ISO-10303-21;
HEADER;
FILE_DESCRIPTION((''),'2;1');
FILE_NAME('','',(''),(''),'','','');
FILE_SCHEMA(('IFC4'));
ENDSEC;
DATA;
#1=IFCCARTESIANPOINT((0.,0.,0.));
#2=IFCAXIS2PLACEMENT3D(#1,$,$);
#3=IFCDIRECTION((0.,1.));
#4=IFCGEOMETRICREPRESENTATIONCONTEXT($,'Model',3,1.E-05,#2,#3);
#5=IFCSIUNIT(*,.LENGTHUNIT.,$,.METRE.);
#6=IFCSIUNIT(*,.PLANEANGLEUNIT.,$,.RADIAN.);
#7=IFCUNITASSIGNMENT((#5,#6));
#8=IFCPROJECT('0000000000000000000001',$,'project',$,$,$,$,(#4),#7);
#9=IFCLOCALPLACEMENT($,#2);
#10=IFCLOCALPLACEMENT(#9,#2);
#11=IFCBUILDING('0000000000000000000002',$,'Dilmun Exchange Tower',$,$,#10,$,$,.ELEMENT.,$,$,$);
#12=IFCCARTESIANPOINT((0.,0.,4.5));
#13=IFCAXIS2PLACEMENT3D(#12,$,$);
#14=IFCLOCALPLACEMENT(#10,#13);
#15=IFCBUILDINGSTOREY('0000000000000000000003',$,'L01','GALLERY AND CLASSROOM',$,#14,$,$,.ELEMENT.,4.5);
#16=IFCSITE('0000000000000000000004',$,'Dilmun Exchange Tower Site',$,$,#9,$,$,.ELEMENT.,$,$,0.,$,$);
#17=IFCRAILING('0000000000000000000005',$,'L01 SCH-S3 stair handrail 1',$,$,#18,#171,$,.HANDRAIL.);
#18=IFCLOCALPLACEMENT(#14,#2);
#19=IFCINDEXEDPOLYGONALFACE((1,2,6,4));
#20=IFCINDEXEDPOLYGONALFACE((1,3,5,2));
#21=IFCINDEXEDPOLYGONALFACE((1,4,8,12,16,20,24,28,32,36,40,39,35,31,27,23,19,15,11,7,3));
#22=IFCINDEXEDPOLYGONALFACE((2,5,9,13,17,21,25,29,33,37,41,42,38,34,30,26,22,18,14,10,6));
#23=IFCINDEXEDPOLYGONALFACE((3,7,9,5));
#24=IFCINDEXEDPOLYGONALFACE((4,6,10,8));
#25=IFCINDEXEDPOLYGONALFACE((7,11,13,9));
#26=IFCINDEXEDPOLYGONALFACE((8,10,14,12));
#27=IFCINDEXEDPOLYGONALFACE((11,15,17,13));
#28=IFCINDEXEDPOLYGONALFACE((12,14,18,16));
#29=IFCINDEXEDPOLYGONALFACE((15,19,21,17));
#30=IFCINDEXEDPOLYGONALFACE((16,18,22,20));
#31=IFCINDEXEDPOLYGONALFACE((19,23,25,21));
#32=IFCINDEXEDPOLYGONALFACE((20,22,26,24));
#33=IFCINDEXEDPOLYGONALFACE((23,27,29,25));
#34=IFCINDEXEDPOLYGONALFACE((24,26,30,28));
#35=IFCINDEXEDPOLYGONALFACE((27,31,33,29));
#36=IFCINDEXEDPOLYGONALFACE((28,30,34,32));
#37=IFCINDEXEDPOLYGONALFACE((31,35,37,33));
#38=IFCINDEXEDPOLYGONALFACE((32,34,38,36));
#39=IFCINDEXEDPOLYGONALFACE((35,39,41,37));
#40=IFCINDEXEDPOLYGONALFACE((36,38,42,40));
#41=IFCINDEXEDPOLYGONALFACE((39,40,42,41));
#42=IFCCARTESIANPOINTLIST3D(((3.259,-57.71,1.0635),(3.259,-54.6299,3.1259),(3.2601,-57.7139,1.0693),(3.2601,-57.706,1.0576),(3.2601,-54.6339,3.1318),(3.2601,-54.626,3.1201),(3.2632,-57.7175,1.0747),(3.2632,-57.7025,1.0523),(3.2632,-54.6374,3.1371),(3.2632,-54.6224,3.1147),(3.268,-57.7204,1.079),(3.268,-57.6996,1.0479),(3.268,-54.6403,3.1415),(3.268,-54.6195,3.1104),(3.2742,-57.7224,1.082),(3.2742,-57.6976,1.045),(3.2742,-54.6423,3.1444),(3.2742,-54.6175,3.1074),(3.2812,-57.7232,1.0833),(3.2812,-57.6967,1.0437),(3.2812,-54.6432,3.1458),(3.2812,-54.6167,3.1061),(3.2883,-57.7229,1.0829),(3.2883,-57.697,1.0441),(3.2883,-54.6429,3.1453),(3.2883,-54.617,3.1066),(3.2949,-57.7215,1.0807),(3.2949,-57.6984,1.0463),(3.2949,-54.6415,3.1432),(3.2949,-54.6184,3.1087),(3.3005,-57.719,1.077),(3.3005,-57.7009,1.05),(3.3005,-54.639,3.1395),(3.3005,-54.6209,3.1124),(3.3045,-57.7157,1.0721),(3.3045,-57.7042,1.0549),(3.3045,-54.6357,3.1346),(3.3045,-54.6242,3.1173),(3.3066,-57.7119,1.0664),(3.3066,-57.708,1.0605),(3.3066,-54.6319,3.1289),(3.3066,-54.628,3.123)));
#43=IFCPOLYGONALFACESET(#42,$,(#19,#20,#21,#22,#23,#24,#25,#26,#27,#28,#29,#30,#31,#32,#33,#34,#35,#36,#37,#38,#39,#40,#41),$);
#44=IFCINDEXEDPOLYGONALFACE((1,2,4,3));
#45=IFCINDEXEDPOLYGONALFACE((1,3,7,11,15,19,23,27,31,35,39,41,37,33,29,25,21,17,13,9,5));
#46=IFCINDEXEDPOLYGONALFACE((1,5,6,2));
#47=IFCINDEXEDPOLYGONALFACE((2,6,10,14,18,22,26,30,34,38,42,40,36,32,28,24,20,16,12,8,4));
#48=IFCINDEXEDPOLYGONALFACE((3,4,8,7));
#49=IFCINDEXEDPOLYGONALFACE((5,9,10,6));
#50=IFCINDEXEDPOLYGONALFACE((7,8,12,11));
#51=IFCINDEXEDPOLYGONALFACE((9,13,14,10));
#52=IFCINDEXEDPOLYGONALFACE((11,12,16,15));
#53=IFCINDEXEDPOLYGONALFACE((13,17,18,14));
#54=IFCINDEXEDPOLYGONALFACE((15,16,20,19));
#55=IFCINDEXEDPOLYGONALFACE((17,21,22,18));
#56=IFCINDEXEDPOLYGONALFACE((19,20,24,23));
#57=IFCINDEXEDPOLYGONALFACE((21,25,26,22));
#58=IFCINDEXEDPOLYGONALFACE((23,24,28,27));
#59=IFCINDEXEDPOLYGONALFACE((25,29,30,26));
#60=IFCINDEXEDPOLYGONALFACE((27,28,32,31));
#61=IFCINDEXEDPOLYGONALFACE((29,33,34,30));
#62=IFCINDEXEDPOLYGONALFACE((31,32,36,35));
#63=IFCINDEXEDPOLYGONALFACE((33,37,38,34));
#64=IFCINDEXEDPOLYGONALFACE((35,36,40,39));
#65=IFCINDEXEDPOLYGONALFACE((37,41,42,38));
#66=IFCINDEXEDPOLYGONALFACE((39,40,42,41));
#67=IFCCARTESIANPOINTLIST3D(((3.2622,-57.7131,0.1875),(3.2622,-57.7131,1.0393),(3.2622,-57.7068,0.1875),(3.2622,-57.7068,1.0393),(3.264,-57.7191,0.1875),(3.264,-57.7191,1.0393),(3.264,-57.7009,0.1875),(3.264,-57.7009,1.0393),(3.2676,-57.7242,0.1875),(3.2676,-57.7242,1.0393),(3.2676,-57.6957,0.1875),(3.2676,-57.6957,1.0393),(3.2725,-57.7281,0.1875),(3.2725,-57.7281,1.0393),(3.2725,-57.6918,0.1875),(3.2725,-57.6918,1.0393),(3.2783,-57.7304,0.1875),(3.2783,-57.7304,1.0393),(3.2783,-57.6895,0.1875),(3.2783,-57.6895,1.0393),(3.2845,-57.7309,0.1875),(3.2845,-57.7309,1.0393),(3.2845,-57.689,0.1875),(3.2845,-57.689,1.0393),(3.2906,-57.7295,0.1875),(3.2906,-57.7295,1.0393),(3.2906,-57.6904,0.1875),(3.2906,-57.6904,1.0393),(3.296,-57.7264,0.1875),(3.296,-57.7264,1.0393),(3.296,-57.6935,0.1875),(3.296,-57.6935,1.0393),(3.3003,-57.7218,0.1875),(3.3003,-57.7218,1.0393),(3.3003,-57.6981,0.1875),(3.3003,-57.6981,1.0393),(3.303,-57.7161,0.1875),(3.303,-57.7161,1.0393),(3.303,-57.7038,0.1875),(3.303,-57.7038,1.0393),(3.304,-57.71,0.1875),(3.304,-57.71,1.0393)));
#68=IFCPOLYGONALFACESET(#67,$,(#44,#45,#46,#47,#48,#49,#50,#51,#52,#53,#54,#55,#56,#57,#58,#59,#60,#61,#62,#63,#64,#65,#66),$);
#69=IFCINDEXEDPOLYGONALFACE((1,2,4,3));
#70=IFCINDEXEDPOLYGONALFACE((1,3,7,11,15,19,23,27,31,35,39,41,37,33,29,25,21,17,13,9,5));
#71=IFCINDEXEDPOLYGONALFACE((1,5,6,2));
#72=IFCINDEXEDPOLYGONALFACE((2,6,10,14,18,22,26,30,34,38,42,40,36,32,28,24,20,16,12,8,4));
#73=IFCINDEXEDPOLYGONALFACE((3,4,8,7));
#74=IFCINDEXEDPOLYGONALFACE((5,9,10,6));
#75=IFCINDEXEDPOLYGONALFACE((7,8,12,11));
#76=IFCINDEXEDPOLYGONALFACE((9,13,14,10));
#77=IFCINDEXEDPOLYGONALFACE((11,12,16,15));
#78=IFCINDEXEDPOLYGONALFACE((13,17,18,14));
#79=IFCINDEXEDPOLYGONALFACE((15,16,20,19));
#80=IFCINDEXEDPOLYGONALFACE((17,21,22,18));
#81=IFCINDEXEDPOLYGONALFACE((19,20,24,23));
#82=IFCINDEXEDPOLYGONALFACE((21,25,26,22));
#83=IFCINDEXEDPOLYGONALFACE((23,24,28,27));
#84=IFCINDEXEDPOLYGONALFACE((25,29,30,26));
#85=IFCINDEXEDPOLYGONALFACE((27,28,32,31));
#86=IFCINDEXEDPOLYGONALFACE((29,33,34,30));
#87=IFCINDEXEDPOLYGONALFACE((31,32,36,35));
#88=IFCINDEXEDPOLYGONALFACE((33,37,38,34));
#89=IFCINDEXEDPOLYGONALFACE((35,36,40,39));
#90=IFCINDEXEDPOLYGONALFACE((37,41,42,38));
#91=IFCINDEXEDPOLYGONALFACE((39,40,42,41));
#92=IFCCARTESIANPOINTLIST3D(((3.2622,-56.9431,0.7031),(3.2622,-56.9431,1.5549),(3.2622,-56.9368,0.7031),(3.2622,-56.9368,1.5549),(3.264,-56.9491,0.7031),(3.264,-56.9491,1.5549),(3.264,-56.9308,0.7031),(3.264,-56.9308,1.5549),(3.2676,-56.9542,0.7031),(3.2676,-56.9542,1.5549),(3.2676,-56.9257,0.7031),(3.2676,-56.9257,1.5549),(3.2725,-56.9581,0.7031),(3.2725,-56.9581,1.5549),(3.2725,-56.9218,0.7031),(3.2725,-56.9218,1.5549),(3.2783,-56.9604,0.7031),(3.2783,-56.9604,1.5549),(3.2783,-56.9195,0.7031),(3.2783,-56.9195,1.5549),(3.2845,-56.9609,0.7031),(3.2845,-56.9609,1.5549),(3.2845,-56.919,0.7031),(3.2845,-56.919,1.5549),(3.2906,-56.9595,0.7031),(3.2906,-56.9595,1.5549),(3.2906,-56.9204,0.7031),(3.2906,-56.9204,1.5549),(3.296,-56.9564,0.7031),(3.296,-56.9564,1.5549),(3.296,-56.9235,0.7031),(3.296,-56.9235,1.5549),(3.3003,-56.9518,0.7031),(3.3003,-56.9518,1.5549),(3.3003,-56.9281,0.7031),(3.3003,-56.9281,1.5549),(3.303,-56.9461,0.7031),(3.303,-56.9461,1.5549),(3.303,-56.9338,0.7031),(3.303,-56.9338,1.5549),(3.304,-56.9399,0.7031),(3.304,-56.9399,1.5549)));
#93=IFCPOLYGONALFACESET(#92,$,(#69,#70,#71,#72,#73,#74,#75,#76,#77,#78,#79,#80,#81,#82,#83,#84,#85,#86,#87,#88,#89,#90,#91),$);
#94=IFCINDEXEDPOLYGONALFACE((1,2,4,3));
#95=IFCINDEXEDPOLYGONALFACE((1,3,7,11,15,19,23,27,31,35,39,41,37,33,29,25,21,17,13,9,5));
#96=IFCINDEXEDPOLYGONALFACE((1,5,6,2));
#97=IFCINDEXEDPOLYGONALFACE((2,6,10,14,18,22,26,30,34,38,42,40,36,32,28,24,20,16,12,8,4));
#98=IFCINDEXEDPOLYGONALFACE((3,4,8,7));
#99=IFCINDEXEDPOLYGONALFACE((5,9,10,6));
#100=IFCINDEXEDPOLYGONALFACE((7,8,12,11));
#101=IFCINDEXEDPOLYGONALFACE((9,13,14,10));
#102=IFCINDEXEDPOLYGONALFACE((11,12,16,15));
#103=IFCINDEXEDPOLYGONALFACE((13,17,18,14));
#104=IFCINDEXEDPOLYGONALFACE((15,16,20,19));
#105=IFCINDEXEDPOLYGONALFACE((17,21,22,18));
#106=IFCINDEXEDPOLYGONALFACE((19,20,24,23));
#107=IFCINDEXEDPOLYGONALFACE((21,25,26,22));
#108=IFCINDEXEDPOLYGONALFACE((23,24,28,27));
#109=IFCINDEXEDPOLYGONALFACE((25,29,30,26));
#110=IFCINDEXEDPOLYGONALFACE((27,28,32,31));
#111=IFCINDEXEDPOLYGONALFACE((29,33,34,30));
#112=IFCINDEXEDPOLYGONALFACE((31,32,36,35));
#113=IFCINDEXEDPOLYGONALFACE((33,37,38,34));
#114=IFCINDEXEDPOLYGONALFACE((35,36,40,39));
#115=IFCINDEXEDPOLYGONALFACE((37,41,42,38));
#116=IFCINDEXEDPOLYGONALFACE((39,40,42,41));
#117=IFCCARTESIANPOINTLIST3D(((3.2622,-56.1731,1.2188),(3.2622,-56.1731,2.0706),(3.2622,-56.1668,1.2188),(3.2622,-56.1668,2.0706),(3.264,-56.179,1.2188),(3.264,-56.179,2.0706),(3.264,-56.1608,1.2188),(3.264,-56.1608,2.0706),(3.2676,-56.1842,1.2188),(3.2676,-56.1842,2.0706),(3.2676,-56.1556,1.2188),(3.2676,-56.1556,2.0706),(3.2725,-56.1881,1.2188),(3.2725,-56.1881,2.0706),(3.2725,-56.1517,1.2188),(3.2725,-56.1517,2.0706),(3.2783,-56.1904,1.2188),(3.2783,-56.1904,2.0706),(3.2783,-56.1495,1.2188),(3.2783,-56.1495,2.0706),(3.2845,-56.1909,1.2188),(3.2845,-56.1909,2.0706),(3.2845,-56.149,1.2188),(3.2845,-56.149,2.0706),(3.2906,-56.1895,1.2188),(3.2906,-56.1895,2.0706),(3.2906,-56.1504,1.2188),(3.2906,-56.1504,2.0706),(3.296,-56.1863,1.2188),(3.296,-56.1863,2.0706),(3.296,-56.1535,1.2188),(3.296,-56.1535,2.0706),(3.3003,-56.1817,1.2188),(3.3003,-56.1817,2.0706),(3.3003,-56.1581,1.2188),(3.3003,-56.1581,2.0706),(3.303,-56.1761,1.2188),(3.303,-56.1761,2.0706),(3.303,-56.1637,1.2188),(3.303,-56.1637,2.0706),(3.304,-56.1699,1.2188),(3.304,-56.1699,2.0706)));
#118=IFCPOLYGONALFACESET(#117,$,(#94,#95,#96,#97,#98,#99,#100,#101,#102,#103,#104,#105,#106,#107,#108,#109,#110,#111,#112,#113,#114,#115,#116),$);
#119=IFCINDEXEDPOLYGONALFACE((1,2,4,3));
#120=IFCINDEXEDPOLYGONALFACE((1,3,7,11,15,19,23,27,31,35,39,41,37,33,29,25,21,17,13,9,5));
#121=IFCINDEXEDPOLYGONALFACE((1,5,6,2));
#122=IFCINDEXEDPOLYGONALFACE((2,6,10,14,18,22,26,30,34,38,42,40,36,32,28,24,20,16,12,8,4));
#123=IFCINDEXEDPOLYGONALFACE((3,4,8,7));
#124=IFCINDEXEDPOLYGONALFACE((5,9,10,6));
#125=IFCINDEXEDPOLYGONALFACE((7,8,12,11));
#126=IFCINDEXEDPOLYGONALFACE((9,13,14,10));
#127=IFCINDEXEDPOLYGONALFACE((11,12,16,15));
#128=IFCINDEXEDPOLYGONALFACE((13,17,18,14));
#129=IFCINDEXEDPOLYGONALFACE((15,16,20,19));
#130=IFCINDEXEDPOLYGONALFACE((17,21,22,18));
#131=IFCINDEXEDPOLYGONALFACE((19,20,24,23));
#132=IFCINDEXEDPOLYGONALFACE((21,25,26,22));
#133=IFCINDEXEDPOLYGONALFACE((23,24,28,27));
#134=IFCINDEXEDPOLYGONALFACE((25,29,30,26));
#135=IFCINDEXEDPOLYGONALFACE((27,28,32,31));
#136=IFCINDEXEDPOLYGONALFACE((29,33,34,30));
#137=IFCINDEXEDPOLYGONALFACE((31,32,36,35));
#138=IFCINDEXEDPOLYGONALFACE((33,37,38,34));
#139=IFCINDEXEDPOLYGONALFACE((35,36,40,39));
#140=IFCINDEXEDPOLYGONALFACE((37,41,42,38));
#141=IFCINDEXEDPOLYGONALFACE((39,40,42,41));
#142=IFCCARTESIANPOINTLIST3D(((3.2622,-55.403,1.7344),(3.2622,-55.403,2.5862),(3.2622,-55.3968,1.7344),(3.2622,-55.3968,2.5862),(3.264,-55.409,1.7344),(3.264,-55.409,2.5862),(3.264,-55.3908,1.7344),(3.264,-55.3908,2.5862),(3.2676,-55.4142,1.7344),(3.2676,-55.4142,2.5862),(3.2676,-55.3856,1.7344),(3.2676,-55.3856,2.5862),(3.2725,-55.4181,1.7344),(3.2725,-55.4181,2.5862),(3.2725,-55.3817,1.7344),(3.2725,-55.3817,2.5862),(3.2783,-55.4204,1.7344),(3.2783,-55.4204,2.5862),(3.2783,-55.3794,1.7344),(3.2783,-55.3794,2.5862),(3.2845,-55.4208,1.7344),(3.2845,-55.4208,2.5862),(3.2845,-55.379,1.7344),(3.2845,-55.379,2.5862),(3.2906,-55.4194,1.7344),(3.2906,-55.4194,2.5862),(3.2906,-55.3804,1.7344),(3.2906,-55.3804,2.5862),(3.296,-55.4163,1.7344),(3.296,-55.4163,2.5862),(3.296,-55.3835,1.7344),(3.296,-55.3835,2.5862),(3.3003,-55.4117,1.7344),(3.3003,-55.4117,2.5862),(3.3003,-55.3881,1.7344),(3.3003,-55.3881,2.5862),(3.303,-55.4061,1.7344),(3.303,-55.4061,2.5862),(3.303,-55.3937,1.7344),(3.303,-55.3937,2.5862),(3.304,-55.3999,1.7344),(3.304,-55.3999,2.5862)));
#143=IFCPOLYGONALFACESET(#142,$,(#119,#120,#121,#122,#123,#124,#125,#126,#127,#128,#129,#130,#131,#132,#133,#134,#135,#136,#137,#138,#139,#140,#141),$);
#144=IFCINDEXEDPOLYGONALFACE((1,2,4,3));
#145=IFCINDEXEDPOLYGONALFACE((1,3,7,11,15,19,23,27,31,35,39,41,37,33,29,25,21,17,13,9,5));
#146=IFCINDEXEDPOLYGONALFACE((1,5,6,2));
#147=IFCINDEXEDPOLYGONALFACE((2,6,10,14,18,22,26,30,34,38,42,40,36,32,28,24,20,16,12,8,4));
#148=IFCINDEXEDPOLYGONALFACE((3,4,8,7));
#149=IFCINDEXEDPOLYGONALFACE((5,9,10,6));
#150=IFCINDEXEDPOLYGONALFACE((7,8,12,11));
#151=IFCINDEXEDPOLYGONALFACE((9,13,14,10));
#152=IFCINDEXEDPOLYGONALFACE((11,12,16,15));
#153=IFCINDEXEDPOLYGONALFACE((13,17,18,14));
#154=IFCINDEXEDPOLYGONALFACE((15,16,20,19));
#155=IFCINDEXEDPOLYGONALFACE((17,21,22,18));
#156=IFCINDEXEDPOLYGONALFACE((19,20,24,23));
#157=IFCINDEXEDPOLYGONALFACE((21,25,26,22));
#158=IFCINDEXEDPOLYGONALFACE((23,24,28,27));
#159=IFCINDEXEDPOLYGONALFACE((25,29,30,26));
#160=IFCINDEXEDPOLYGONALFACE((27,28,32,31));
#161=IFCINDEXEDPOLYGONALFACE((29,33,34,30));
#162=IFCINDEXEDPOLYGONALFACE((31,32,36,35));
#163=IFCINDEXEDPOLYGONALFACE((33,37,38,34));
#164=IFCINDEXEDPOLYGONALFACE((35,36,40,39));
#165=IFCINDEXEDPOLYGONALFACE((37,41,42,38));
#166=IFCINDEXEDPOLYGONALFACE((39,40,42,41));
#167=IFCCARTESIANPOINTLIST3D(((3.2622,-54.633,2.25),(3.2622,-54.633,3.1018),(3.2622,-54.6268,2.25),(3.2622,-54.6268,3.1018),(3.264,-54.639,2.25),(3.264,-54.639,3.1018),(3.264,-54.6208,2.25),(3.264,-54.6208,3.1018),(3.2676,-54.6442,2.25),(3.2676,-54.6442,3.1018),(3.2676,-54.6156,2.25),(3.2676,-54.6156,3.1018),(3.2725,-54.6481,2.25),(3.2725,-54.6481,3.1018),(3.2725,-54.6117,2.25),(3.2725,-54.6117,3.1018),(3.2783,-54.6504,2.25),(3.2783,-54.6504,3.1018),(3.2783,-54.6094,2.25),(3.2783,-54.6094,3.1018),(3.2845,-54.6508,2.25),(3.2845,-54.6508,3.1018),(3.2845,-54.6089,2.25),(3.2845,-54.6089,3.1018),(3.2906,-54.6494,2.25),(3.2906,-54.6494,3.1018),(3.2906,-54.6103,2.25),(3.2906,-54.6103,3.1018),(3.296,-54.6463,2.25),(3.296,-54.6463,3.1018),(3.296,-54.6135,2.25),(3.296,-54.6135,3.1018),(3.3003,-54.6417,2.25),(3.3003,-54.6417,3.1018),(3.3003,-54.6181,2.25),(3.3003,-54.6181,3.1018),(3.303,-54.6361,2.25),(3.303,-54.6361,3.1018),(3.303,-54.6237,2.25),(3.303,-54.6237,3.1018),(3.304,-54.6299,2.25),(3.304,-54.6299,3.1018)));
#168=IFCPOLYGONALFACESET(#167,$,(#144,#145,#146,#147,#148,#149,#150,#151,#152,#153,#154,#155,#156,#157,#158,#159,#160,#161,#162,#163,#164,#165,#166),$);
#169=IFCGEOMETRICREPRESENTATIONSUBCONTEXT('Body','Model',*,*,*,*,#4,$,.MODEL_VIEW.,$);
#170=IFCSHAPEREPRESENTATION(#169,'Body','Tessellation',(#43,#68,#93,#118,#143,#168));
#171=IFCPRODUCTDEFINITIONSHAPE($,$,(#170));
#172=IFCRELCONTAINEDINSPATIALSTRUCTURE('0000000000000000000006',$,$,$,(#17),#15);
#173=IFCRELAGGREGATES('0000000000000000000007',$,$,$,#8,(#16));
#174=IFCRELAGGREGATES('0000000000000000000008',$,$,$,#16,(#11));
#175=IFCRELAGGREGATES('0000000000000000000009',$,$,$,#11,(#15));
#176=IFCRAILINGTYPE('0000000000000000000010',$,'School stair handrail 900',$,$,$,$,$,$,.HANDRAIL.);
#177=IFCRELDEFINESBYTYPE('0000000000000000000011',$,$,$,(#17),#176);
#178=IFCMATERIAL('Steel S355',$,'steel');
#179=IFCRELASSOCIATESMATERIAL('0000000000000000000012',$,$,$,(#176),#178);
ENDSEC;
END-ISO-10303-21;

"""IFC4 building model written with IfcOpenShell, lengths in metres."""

from ifc_helpers import new_model, si_unit, direction, frame, origin, origin_2d, place, context, subcontext, project, spatial, circle, extrude, material, type_object, element, save


model = new_model("IFC4")

# Units and contexts
model_context = context("Model", 3, precision=1e-05, world=origin(), true_north=direction((0.0, 1.0)))
body_context = subcontext(model_context, "Body", "Model", "MODEL_VIEW")
ifc_project = project(units=[si_unit("LENGTHUNIT", "METRE"), si_unit("PLANEANGLEUNIT", "RADIAN")], contexts=[model_context])

# Site, building, storey
site_placement = place(None, origin())
site = spatial("IfcSite", under=ifc_project, at=site_placement, Name="Dilmun Exchange Tower Site", CompositionType="ELEMENT", RefElevation=0.0)
building_placement = place(site_placement, origin())
building = spatial("IfcBuilding", under=site, at=building_placement, Name="Dilmun Exchange Tower", CompositionType="ELEMENT")
storey_placement = place(building_placement, frame((0.0, 0.0, 4.5)))
storey = spatial("IfcBuildingStorey", under=building, at=storey_placement, Name="L01", Description="GALLERY AND CLASSROOM", CompositionType="ELEMENT", Elevation=4.5)

# Railing
ifc_material_1 = material(Name="Steel S355", Category="steel")
railing_type_1 = type_object("IfcRailingType", Name="School stair handrail 900", PredefinedType="HANDRAIL", material=ifc_material_1)
railing_1_placement = place(storey_placement, frame((3.283, -57.71, 0.1875)))
element("IfcRailing", 1, at=railing_1_placement, inside=storey, type_object=railing_type_1, Name="L01 SCH-S3 stair handrail 1", PredefinedType="HANDRAIL", context=body_context, shape_type="SweptSolid", body=[
    extrude(circle(Radius=0.0239, at=origin_2d()), frame((0.0, 0.0, 0.876), z_axis=(0.0, 0.830914, 0.556401), x_axis=(-1.0, 0.0, 0.0)), (0.0, 0.0, 1.0), 3.7068),
    extrude(circle(Radius=0.021, at=origin_2d()), origin(), (0.0, 0.0, 1.0), 0.8518),
    extrude(circle(Radius=0.021, at=origin_2d()), frame((0.0, 0.77, 0.5156)), (0.0, 0.0, 1.0), 0.8518),
    extrude(circle(Radius=0.021, at=origin_2d()), frame((0.0, 1.54, 1.0312)), (0.0, 0.0, 1.0), 0.8518),
    extrude(circle(Radius=0.021, at=origin_2d()), frame((0.0, 2.3101, 1.5469)), (0.0, 0.0, 1.0), 0.8518),
    extrude(circle(Radius=0.021, at=origin_2d()), frame((0.0, 3.0801, 2.0625)), (0.0, 0.0, 1.0), 0.8518),
])

save(model, "model.ifc")
